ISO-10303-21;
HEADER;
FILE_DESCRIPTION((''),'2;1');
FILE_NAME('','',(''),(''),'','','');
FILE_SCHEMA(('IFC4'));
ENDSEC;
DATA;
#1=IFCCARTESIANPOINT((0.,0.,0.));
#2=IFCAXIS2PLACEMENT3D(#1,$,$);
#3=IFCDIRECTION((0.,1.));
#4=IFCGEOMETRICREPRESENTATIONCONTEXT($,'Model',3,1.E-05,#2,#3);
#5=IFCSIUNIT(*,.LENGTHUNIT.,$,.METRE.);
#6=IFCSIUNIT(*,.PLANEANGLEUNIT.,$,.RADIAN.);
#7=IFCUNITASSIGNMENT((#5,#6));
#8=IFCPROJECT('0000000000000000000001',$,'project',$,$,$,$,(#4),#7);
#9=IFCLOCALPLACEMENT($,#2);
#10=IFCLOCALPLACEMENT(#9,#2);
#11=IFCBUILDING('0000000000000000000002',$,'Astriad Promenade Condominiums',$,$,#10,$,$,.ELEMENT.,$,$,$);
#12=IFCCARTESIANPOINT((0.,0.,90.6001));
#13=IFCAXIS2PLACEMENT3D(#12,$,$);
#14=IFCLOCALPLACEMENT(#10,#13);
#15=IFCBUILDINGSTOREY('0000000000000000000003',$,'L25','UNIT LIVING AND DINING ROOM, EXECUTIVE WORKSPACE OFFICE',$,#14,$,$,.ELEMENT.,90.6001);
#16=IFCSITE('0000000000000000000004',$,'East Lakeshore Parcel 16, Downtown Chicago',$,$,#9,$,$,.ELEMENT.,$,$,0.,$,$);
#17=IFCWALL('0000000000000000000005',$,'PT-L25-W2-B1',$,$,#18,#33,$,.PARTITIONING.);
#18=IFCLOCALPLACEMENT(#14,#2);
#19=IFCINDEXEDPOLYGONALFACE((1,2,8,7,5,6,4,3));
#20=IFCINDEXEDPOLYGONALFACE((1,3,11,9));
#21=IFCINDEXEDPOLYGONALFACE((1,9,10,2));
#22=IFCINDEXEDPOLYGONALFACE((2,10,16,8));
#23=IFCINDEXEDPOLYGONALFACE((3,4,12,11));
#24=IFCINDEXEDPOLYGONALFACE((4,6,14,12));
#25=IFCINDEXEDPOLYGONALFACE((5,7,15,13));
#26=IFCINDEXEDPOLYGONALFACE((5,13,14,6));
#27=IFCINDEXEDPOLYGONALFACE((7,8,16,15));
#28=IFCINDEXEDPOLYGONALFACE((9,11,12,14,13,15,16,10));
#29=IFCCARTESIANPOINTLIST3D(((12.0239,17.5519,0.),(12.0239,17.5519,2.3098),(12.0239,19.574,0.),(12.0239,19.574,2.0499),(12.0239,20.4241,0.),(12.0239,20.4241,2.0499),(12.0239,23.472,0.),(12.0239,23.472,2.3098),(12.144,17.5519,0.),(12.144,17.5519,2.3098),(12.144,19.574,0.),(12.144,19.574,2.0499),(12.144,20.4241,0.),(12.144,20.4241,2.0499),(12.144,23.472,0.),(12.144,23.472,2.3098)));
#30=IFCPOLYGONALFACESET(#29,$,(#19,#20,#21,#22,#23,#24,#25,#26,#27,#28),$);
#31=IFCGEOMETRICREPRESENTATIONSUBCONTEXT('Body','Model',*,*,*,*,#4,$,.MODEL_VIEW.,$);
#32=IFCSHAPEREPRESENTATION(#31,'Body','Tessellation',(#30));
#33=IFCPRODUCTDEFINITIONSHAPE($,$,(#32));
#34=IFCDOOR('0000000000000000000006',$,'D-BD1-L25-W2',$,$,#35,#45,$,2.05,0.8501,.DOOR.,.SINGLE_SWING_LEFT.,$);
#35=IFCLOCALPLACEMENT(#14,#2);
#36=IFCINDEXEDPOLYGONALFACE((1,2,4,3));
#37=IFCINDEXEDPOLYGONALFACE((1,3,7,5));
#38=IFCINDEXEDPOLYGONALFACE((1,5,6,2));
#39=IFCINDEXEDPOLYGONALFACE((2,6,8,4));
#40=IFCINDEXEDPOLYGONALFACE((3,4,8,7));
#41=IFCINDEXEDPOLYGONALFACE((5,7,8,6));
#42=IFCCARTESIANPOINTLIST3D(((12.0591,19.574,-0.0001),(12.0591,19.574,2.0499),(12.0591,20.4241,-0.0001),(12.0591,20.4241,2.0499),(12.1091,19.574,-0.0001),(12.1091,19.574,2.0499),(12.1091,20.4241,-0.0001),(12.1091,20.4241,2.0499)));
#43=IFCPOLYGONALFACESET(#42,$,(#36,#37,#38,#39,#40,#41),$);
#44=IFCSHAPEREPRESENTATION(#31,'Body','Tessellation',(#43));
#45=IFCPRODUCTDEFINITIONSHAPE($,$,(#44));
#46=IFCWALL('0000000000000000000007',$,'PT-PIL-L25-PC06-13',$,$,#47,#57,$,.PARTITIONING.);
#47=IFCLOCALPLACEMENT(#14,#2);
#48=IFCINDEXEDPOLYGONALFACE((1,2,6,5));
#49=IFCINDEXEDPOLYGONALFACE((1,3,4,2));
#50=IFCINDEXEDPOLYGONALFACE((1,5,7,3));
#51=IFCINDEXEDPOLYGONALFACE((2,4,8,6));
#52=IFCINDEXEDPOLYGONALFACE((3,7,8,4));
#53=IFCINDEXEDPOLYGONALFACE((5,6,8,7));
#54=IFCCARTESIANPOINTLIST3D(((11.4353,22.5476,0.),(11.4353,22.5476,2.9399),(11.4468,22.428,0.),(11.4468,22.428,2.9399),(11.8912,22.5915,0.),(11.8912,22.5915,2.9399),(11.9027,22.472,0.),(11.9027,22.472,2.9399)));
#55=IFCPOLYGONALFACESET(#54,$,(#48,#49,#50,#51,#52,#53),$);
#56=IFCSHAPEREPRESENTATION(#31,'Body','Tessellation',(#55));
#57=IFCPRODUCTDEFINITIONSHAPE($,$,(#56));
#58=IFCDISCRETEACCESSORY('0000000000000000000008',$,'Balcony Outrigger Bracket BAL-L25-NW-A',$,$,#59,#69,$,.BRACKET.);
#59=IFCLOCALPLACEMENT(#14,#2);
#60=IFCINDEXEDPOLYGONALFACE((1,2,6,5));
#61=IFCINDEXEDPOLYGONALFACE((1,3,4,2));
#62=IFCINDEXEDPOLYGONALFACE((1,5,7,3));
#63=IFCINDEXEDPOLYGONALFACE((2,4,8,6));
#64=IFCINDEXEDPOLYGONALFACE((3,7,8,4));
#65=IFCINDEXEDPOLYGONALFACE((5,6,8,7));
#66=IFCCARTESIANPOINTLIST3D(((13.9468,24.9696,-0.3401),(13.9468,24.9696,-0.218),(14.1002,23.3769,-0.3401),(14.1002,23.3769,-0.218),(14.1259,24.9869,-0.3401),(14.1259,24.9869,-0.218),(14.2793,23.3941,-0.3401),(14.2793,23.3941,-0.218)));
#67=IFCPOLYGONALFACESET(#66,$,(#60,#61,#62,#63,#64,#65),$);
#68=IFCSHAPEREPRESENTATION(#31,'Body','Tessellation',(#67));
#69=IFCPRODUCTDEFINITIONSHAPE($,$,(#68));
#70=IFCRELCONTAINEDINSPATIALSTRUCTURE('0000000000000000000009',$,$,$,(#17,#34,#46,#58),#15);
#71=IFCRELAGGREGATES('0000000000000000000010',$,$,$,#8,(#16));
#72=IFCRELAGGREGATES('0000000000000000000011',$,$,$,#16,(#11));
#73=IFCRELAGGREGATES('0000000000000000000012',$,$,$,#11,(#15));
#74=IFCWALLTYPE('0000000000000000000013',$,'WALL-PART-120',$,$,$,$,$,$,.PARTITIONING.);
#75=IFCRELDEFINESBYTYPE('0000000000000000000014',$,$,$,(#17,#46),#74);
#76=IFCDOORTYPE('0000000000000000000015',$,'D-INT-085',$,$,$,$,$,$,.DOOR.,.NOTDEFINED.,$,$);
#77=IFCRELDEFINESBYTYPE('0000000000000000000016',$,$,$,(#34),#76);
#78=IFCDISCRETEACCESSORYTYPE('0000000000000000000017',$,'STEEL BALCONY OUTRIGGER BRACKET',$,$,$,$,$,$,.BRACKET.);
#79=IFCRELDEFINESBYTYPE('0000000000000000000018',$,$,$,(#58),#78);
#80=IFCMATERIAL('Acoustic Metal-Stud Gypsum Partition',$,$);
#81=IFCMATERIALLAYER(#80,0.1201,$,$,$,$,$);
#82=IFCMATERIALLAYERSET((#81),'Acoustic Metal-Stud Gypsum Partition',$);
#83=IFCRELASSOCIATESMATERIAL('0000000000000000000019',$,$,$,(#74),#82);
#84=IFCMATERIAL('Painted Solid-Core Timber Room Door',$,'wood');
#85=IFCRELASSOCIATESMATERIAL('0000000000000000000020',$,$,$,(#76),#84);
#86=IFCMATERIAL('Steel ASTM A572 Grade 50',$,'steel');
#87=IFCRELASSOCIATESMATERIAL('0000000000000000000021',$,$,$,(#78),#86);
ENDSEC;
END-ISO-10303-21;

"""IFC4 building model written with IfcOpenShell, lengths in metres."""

from ifc_helpers import new_model, si_unit, direction, frame, frame_2d, origin, origin_2d, place, context, subcontext, project, spatial, rectangle, extrude, source, transform, mapped, material, layer, layer_set, type_object, type_shapes, element, fill, save


model = new_model("IFC4")

# Units and contexts
model_context = context("Model", 3, precision=1e-05, world=origin(), true_north=direction((0.0, 1.0)))
body_context = subcontext(model_context, "Body", "Model", "MODEL_VIEW")
ifc_project = project(units=[si_unit("LENGTHUNIT", "METRE"), si_unit("PLANEANGLEUNIT", "RADIAN")], contexts=[model_context])

# Site, building, storey
site_placement = place(None, origin())
site = spatial("IfcSite", under=ifc_project, at=site_placement, Name="East Lakeshore Parcel 16, Downtown Chicago", CompositionType="ELEMENT", RefElevation=0.0)
building_placement = place(site_placement, origin())
building = spatial("IfcBuilding", under=site, at=building_placement, Name="Astriad Promenade Condominiums", CompositionType="ELEMENT")
storey_placement = place(building_placement, frame((0.0, 0.0, 90.6001)))
storey = spatial("IfcBuildingStorey", under=building, at=storey_placement, Name="L25", Description="UNIT LIVING AND DINING ROOM, EXECUTIVE WORKSPACE OFFICE", CompositionType="ELEMENT", Elevation=90.6001)

# Shared definitions
ifc_material_1 = material(Name="Acoustic Metal-Stud Gypsum Partition")
ifc_layer_1 = layer(ifc_material_1, 0.1201)
ifc_layer_set_1 = layer_set([ifc_layer_1], Name="Acoustic Metal-Stud Gypsum Partition")
wall_type_1 = type_object("IfcWallType", Name="WALL-PART-120", PredefinedType="PARTITIONING", material=ifc_layer_set_1)
ifc_material_2 = material(Name="Painted Solid-Core Timber Room Door", Category="wood")
door_type_1 = type_object("IfcDoorType", Name="D-INT-085", OperationType="NOTDEFINED", PredefinedType="DOOR", material=ifc_material_2)
shared_shape_1 = source(origin(), body_context, "Body", "SweptSolid", [
    extrude(rectangle(XDim=0.8501, YDim=2.05, at=frame_2d((0.425, 1.0249))), frame((0.0, 0.0249, 0.0), z_axis=(0.0, -1.0, 0.0), x_axis=(1.0, 0.0, 0.0)), (0.0, 0.0, 1.0), 0.05),
])
type_shapes(door_type_1, [shared_shape_1])

# Wall, opening, door
wall_1_placement = place(storey_placement, frame((12.084, 17.552, 0.0), z_axis=(0.0, 0.0, 1.0), x_axis=(0.0, 1.0, 0.0)))
wall_1 = element("IfcWall", 1, at=wall_1_placement, inside=storey, type_object=wall_type_1, Name="PT-L25-W2-B1", PredefinedType="PARTITIONING", context=body_context, shape_type="SweptSolid", body=[
    extrude(rectangle(XDim=5.9202, YDim=0.1201, at=frame_2d((2.96, 0.0))), origin(), (0.0, 0.0, 1.0), 2.3098),
])
opening_1_placement = place(wall_1_placement, frame((2.022, 0.0, 0.0)))
opening_1 = element("IfcOpeningElement", 2, at=opening_1_placement, cuts=wall_1, PredefinedType="OPENING", context=body_context, shape_type="SweptSolid", body=[
    extrude(rectangle(XDim=0.8501, YDim=2.05, at=frame_2d((0.425, 1.0249))), frame((0.0, 0.0701, 0.0), z_axis=(0.0, -1.0, 0.0), x_axis=(1.0, 0.0, 0.0)), (0.0, 0.0, 1.0), 0.1401),
])
door_1_placement = place(opening_1_placement, origin())
door_1 = element("IfcDoor", 3, at=door_1_placement, inside=storey, type_object=door_type_1, Name="D-BD1-L25-W2", OperationType="SINGLE_SWING_LEFT", OverallHeight=2.05, OverallWidth=0.8501, PredefinedType="DOOR", context=body_context, shape_type="MappedRepresentation", body=[
    mapped(shared_shape_1, transform((0.0, 0.0, 0.0), scale=1.0)),
])
fill(opening_1, door_1)

# Wall
wall_2_placement = place(storey_placement, frame((11.897, 22.5317, 0.0), z_axis=(0.0, 0.0, 1.0), x_axis=(-0.995385, -0.095966, 0.0)))
element("IfcWall", 4, at=wall_2_placement, inside=storey, type_object=wall_type_1, Name="PT-PIL-L25-PC06-13", PredefinedType="PARTITIONING", context=body_context, shape_type="SweptSolid", body=[
    extrude(rectangle(XDim=0.458, YDim=0.1201, at=frame_2d((0.229, 0.0))), origin(), (0.0, 0.0, 1.0), 2.9399),
])

# Discrete accessory
ifc_material_3 = material(Name="Steel ASTM A572 Grade 50", Category="steel")
discrete_accessory_type = type_object("IfcDiscreteAccessoryType", Name="STEEL BALCONY OUTRIGGER BRACKET", PredefinedType="BRACKET", material=ifc_material_3)
shared_shape_2 = source(origin(), body_context, "Body", "SweptSolid", [
    extrude(rectangle(XDim=1.6001, YDim=0.1799, at=origin_2d()), origin(), (0.0, 0.0, 1.0), 0.1221),
])
type_shapes(discrete_accessory_type, [shared_shape_2])
discrete_accessory_placement = place(storey_placement, frame((14.113, 24.1819, -0.3401), z_axis=(0.0, 0.0, 1.0), x_axis=(-0.095846, 0.995396, 0.0)))
element("IfcDiscreteAccessory", 5, at=discrete_accessory_placement, inside=storey, type_object=discrete_accessory_type, Name="Balcony Outrigger Bracket BAL-L25-NW-A", PredefinedType="BRACKET", context=body_context, shape_type="MappedRepresentation", body=[
    mapped(shared_shape_2, transform((0.0, 0.0, 0.0), scale=1.0)),
])

save(model, "model.ifc")
